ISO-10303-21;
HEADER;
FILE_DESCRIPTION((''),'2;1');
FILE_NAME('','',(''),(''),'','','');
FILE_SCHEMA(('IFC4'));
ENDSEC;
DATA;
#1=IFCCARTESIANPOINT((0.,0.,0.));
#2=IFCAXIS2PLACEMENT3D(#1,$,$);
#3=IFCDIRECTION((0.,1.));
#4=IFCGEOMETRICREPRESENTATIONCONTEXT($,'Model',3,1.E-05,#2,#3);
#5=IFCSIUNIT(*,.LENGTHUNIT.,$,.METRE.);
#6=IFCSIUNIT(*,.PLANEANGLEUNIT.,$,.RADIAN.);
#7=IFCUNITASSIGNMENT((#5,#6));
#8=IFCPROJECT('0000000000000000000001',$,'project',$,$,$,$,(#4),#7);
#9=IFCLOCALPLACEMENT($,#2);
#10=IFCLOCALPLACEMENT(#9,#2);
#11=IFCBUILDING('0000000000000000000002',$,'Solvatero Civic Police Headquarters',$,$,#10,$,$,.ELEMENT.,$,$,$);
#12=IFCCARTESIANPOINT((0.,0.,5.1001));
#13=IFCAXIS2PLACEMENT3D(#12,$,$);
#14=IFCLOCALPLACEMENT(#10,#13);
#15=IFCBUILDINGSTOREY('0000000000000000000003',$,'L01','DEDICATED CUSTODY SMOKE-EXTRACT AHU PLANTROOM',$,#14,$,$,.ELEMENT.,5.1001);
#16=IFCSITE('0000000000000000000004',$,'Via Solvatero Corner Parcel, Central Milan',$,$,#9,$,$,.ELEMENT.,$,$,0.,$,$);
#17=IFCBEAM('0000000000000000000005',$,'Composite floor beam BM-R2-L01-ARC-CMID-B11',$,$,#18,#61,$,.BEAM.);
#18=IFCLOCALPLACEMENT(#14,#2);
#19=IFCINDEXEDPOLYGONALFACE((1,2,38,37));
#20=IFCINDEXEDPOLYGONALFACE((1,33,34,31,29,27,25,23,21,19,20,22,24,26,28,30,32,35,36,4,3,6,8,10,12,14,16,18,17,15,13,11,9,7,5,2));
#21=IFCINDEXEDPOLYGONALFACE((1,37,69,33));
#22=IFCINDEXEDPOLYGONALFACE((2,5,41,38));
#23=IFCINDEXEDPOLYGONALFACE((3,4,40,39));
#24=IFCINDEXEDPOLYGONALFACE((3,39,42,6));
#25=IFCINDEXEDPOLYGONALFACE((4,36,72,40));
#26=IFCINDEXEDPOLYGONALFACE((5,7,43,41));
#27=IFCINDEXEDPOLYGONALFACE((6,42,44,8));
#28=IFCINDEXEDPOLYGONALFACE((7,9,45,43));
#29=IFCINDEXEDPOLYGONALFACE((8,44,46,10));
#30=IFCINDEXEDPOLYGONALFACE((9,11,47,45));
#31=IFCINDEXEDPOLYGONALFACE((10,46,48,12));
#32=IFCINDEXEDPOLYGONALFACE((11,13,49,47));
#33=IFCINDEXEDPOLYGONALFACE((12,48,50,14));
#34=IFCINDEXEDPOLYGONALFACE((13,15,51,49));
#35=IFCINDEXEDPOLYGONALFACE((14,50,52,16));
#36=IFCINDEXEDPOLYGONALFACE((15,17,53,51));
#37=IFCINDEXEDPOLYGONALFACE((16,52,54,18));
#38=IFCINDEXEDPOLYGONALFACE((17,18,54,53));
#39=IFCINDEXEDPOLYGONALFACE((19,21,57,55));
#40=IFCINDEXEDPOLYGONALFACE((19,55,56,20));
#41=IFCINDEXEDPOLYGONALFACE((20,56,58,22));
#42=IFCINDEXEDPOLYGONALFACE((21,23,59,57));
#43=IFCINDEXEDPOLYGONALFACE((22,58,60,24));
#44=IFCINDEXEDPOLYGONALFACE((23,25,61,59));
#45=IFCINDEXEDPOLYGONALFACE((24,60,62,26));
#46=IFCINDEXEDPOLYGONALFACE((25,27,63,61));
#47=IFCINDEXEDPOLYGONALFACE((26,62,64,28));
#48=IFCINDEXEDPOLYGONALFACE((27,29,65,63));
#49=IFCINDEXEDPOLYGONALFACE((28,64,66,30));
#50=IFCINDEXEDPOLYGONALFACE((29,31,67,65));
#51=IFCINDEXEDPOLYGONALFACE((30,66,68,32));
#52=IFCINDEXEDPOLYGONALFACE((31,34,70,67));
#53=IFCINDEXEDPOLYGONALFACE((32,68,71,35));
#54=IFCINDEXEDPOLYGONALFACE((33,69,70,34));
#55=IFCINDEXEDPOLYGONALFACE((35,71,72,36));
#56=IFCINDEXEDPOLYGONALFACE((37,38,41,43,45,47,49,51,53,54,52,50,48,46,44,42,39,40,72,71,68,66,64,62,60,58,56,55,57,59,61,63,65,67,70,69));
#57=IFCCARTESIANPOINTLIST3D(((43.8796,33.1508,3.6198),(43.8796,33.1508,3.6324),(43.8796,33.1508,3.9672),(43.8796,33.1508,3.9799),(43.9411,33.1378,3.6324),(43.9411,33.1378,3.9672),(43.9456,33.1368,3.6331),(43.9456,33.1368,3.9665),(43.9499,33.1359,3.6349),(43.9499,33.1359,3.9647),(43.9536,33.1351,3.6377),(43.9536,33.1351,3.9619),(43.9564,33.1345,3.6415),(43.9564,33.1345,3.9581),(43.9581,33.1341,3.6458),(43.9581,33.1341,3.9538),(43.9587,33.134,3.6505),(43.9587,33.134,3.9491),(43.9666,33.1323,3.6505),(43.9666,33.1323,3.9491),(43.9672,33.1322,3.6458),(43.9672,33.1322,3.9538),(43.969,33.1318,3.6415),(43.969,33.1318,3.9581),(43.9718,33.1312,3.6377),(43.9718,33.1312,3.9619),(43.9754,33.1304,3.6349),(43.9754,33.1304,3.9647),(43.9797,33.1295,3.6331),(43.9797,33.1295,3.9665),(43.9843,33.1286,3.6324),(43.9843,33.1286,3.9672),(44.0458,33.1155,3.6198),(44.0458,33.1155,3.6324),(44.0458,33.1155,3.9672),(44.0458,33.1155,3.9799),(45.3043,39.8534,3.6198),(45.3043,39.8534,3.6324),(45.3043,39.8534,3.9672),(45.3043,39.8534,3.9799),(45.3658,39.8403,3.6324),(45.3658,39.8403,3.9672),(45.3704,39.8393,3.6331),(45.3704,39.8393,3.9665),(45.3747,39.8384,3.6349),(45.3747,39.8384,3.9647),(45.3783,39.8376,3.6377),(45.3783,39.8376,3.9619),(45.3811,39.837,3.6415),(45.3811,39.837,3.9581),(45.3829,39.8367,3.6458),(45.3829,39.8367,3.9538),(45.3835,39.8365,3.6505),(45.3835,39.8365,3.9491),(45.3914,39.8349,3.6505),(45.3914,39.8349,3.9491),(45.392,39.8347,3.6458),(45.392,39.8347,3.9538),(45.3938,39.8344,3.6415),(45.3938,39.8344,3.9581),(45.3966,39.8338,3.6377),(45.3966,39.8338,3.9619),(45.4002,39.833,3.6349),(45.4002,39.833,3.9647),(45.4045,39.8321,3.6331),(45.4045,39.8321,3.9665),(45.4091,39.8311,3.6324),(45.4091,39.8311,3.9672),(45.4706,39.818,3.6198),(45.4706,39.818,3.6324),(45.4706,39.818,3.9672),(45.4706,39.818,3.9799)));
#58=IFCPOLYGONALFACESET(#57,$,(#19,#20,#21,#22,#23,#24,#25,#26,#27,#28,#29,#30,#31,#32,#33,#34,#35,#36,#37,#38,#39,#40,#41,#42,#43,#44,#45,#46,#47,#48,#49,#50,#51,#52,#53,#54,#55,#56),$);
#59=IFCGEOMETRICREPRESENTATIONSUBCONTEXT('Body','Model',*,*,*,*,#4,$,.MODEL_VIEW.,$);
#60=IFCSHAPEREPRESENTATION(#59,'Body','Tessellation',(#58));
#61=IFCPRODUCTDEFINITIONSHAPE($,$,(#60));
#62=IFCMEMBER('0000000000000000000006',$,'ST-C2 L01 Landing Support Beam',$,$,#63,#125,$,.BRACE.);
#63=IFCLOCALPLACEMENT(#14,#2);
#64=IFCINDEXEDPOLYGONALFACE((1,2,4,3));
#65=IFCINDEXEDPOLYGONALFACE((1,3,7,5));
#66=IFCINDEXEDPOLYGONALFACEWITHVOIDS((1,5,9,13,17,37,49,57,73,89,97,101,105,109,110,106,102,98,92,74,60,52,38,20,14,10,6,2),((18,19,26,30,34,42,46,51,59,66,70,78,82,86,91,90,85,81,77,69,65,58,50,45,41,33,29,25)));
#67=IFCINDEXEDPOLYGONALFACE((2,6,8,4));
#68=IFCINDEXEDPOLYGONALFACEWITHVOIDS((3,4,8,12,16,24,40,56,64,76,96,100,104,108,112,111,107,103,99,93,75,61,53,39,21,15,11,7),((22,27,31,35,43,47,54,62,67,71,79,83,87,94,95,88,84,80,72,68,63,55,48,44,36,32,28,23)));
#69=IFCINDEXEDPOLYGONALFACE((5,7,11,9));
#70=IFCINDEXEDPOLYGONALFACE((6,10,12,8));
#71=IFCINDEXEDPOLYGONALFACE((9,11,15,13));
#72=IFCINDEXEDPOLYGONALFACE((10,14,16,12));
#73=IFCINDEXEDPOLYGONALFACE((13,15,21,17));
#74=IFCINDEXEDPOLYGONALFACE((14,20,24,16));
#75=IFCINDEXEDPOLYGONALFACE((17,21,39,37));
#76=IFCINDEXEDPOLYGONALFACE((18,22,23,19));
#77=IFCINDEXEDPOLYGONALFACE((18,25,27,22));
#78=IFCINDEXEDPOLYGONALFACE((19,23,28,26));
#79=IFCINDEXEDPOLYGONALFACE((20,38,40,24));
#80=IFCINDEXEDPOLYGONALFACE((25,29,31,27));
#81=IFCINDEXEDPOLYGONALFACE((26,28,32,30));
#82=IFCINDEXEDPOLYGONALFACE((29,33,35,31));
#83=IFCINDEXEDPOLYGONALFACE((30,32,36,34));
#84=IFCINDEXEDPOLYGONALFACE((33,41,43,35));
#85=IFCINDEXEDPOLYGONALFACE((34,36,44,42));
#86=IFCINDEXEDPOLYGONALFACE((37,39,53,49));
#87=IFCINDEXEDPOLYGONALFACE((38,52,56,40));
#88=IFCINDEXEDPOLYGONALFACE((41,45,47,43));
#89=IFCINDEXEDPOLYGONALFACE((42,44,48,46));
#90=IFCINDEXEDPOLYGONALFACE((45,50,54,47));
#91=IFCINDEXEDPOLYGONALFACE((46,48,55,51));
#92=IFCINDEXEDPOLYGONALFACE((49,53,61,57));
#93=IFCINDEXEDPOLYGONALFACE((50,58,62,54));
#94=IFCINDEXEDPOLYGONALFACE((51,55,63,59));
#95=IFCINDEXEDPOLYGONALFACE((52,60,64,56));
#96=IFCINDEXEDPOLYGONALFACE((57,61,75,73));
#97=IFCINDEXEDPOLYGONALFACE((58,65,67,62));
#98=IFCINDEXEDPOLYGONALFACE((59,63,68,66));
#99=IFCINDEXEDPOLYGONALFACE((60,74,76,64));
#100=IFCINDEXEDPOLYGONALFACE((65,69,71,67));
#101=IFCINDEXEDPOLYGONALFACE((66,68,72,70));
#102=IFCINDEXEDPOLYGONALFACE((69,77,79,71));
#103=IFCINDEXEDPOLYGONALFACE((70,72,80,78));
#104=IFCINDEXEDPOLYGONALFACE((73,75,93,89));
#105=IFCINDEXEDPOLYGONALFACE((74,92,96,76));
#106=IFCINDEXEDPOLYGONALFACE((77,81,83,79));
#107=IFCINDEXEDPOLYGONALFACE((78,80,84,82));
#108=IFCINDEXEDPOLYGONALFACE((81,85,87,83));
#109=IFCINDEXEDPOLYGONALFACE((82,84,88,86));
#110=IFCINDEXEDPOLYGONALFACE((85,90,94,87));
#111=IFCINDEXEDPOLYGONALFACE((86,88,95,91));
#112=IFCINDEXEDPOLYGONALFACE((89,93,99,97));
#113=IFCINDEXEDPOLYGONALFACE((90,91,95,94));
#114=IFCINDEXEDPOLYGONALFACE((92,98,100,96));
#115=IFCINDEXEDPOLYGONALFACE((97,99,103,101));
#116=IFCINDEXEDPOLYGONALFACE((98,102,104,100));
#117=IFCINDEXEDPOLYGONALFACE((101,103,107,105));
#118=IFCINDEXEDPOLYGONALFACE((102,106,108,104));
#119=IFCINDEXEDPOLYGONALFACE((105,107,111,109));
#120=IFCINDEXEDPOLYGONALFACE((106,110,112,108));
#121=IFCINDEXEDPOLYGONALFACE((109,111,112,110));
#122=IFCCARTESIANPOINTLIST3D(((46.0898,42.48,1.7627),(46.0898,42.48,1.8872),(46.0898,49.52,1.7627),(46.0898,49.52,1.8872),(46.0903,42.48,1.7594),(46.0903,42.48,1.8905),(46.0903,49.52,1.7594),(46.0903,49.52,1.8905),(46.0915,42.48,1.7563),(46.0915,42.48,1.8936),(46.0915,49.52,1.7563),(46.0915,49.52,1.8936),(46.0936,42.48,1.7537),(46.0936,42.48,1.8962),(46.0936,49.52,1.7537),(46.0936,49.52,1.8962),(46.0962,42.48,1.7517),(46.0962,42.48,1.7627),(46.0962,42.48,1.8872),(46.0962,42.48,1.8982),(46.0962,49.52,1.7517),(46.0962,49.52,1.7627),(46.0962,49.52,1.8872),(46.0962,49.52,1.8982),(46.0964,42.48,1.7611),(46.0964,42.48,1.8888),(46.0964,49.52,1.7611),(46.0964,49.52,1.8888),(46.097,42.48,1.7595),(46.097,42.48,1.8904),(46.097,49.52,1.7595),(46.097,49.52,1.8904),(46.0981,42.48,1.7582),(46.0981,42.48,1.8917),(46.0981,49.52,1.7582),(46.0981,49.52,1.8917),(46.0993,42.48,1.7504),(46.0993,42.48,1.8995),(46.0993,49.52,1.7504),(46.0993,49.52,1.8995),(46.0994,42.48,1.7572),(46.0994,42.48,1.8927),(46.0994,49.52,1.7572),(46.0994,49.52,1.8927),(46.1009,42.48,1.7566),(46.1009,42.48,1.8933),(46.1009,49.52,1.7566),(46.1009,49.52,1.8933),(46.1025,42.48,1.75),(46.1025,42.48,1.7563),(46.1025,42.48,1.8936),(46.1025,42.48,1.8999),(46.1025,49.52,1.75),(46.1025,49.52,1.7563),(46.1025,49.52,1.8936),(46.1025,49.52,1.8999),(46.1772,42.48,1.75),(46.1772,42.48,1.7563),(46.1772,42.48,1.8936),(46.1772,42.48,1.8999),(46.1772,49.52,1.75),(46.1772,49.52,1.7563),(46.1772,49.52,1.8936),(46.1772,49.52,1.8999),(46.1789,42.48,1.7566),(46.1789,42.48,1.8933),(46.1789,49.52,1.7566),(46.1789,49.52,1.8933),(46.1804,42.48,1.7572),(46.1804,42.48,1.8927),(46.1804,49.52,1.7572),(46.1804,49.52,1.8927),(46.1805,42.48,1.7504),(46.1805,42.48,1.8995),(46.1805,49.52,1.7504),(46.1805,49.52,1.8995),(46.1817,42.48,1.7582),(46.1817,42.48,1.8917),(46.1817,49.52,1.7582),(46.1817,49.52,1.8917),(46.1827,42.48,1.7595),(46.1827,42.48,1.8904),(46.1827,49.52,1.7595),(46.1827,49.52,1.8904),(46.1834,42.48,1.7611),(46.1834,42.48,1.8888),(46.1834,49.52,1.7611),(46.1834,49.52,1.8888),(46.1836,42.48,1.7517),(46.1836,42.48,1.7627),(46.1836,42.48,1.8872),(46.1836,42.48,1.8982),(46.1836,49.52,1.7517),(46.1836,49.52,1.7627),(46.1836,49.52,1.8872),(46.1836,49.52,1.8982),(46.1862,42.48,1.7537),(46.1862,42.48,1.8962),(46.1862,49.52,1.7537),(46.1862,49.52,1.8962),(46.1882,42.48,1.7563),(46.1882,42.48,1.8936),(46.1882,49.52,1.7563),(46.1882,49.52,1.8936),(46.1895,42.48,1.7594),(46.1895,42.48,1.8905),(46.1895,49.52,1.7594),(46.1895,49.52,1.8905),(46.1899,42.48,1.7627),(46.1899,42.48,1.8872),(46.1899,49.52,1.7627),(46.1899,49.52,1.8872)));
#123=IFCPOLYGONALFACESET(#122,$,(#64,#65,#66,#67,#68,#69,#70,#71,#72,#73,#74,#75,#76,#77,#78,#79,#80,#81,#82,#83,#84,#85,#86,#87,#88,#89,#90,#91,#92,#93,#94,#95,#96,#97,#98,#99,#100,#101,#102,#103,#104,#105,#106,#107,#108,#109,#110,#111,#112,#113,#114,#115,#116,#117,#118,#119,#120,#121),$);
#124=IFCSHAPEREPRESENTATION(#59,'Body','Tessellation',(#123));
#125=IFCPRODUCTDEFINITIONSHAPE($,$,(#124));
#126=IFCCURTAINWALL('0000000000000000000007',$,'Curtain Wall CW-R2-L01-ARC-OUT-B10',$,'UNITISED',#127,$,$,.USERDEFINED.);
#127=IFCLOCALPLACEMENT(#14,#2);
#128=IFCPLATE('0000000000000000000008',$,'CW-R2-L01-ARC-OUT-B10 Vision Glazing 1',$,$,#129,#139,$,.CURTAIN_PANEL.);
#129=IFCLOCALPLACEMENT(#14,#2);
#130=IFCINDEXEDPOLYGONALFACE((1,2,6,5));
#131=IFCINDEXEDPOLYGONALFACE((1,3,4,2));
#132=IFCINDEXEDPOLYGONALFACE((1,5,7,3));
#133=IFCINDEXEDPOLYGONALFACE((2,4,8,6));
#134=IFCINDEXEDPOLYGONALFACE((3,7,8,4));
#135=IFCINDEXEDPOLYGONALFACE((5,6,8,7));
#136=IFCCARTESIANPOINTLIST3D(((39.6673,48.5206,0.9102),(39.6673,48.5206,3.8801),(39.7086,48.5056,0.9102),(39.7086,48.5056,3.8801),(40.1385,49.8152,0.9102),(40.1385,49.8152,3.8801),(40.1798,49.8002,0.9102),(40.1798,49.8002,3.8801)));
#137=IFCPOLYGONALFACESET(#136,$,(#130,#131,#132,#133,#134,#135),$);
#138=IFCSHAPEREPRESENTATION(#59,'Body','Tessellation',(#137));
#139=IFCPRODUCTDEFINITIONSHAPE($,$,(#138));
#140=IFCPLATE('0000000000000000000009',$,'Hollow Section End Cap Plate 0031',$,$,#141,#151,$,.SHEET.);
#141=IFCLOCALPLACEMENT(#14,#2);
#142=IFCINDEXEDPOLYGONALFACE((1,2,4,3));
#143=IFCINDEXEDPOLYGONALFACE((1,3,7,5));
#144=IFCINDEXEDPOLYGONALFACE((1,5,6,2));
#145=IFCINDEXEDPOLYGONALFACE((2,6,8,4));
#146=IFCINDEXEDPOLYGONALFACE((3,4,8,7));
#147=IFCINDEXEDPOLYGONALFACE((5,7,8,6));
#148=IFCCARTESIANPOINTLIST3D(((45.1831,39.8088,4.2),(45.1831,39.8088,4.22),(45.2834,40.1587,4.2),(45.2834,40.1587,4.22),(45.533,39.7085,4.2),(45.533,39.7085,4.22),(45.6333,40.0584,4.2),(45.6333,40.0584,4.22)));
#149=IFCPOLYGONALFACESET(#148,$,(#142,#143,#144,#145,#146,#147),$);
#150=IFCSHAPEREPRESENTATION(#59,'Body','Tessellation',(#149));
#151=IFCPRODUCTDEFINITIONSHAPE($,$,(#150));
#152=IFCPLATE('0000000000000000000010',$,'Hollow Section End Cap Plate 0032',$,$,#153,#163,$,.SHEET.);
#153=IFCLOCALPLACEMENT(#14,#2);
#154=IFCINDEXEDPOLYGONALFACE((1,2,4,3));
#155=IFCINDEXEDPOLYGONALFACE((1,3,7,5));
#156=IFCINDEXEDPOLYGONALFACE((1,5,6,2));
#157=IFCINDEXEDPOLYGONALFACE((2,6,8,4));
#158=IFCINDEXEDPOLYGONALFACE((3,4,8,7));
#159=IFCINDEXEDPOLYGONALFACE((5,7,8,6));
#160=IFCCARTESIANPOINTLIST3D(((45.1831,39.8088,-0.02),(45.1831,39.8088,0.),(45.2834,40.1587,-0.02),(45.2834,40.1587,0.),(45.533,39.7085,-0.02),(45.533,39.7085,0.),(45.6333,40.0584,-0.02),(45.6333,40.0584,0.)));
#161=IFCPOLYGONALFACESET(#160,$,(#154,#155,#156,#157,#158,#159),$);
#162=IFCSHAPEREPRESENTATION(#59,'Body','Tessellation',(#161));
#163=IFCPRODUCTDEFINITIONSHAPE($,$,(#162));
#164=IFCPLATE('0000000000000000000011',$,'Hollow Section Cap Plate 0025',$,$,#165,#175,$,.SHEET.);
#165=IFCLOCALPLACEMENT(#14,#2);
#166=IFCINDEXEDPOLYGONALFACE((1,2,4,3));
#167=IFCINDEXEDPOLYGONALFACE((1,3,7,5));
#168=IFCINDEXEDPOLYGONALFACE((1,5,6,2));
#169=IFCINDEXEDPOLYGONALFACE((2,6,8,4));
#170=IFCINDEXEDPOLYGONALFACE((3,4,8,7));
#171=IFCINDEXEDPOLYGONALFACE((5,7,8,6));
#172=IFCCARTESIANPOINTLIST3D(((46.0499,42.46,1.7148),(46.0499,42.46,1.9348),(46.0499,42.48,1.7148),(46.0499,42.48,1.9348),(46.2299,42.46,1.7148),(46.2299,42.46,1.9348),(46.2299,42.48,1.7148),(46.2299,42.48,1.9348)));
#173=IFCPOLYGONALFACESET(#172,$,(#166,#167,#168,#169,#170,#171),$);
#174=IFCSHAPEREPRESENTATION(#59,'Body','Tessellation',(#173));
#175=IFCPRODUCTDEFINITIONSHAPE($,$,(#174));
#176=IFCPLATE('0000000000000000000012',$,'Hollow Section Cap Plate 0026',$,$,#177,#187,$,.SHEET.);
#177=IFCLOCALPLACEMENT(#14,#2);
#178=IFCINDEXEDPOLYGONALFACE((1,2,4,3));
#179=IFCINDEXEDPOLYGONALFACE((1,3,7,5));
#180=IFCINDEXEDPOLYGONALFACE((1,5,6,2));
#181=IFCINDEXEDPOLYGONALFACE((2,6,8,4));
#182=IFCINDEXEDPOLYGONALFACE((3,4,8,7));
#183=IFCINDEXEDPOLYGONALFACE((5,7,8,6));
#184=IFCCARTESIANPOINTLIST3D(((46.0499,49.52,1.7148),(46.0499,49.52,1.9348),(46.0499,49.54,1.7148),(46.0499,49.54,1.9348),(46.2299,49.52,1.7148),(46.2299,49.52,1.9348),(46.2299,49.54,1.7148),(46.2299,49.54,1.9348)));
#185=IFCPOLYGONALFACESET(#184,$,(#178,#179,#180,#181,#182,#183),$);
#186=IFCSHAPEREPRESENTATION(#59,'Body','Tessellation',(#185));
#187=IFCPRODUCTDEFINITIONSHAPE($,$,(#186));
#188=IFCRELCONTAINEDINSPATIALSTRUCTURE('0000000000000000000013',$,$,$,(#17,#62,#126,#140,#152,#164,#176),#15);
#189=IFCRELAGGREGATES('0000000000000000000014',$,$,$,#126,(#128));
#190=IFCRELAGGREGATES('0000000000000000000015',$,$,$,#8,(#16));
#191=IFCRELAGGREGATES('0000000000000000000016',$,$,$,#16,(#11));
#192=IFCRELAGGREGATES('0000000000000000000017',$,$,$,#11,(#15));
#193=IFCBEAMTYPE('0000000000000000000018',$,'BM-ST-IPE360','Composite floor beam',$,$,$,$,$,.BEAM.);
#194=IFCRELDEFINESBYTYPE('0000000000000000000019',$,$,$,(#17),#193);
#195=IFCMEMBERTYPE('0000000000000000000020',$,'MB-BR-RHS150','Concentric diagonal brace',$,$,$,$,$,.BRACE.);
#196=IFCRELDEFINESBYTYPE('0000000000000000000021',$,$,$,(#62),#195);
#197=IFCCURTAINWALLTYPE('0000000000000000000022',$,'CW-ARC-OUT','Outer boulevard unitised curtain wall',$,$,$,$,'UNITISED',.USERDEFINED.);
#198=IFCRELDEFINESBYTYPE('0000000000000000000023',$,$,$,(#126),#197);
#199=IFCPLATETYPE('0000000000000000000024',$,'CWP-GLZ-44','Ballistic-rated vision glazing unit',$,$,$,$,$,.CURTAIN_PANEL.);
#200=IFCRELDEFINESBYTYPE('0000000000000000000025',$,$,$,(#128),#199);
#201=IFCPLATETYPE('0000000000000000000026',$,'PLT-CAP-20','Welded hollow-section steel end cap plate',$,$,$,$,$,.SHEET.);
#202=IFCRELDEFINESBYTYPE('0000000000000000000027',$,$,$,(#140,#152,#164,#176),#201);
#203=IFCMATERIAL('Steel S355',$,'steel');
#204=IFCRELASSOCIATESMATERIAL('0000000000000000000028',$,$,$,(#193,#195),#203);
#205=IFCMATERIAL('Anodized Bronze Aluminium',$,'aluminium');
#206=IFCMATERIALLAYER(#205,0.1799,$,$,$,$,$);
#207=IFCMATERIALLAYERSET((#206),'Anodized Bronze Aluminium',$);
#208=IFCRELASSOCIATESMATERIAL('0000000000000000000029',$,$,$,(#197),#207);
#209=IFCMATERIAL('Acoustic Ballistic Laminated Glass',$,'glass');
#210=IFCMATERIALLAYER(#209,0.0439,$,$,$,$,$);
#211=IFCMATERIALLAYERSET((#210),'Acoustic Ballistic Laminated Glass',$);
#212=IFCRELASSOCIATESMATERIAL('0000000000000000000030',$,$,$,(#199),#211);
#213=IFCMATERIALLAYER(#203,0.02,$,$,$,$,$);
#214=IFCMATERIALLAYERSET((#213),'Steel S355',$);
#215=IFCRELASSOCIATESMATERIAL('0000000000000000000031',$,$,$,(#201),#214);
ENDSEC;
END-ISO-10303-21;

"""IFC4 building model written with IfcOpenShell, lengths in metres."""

from ifc_helpers import new_model, si_unit, direction, frame, origin, origin_2d, place, context, subcontext, project, spatial, rectangle, hollow_rectangle, i_section, extrude, material, layer, layer_set, material_profile, profile_set, type_object, element, aggregate, save


model = new_model("IFC4")

# Units and contexts
model_context = context("Model", 3, precision=1e-05, world=origin(), true_north=direction((0.0, 1.0)))
body_context = subcontext(model_context, "Body", "Model", "MODEL_VIEW")
ifc_project = project(units=[si_unit("LENGTHUNIT", "METRE"), si_unit("PLANEANGLEUNIT", "RADIAN")], contexts=[model_context])

# Site, building, storey
site_placement = place(None, origin())
site = spatial("IfcSite", under=ifc_project, at=site_placement, Name="Via Solvatero Corner Parcel, Central Milan", CompositionType="ELEMENT", RefElevation=0.0)
building_placement = place(site_placement, origin())
building = spatial("IfcBuilding", under=site, at=building_placement, Name="Solvatero Civic Police Headquarters", CompositionType="ELEMENT")
storey_placement = place(building_placement, frame((0.0, 0.0, 5.1001)))
storey = spatial("IfcBuildingStorey", under=building, at=storey_placement, Name="L01", Description="DEDICATED CUSTODY SMOKE-EXTRACT AHU PLANTROOM", CompositionType="ELEMENT", Elevation=5.1001)

# Shared definitions
ifc_material_1 = material(Name="Steel S355", Category="steel")

# Beam
ifc_material_profile_1 = material_profile(ifc_material_1, i_section(OverallWidth=0.1699, OverallDepth=0.3601, WebThickness=0.0081, FlangeThickness=0.0127, FilletRadius=0.0181, at=origin_2d()), Name="IPE 360")
ifc_profile_set_1 = profile_set([ifc_material_profile_1], Name="Steel S355")
beam_type_1 = type_object("IfcBeamType", Name="BM-ST-IPE360", Description="Composite floor beam", PredefinedType="BEAM", material=ifc_profile_set_1)
beam_1_placement = place(storey_placement, frame((45.3875, 39.8357, 3.7998), z_axis=(-0.207928, -0.978144, 0.0), x_axis=(0.978144, -0.207928, 0.0)))
element("IfcBeam", 1, at=beam_1_placement, inside=storey, type_object=beam_type_1, Name="Composite floor beam BM-R2-L01-ARC-CMID-B11", PredefinedType="BEAM", context=body_context, shape_type="SweptSolid", body=[
    extrude(i_section(OverallWidth=0.1699, OverallDepth=0.3601, WebThickness=0.0081, FlangeThickness=0.0127, FilletRadius=0.0181, at=origin_2d()), origin(), (0.0, 0.0, 1.0), 6.8523),
])

# Member
ifc_material_profile_2 = material_profile(ifc_material_1, hollow_rectangle(XDim=0.1001, YDim=0.1499, WallThickness=0.0063, InnerFilletRadius=0.0063, OuterFilletRadius=0.0127, at=origin_2d()), Name="RHS 150x100x6.3")
ifc_profile_set_2 = profile_set([ifc_material_profile_2], Name="Steel S355")
member_type = type_object("IfcMemberType", Name="MB-BR-RHS150", Description="Concentric diagonal brace", PredefinedType="BRACE", material=ifc_profile_set_2)
member_placement = place(storey_placement, frame((46.1399, 42.48, 1.825), z_axis=(0.0, 1.0, 0.0), x_axis=(-1.0, 0.0, 0.0)))
element("IfcMember", 2, at=member_placement, inside=storey, type_object=member_type, Name="ST-C2 L01 Landing Support Beam", PredefinedType="BRACE", context=body_context, shape_type="SweptSolid", body=[
    extrude(hollow_rectangle(XDim=0.1001, YDim=0.1499, WallThickness=0.0063, InnerFilletRadius=0.0063, OuterFilletRadius=0.0127, at=origin_2d()), origin(), (0.0, 0.0, 1.0), 7.04),
])

# Curtain wall, plate
ifc_material_2 = material(Name="Anodized Bronze Aluminium", Category="aluminium")
ifc_layer_1 = layer(ifc_material_2, 0.1799)
ifc_layer_set_1 = layer_set([ifc_layer_1], Name="Anodized Bronze Aluminium")
curtain_wall_type = type_object("IfcCurtainWallType", Name="CW-ARC-OUT", Description="Outer boulevard unitised curtain wall", ElementType="UNITISED", PredefinedType="USERDEFINED", material=ifc_layer_set_1)
curtain_wall_placement = place(storey_placement, origin())
curtain_wall = element("IfcCurtainWall", 3, at=curtain_wall_placement, inside=storey, type_object=curtain_wall_type, Name="Curtain Wall CW-R2-L01-ARC-OUT-B10", ObjectType="UNITISED", PredefinedType="USERDEFINED")
ifc_material_3 = material(Name="Acoustic Ballistic Laminated Glass", Category="glass")
ifc_layer_2 = layer(ifc_material_3, 0.0439)
ifc_layer_set_2 = layer_set([ifc_layer_2], Name="Acoustic Ballistic Laminated Glass")
plate_type_1 = type_object("IfcPlateType", Name="CWP-GLZ-44", Description="Ballistic-rated vision glazing unit", PredefinedType="CURTAIN_PANEL", material=ifc_layer_set_2)
plate_placement = place(storey_placement, frame((39.9236, 49.1604, 0.9102), z_axis=(0.0, 0.0, 1.0), x_axis=(-0.34202, -0.939693, 0.0)))
plate = element("IfcPlate", 4, at=plate_placement, type_object=plate_type_1, Name="CW-R2-L01-ARC-OUT-B10 Vision Glazing 1", PredefinedType="CURTAIN_PANEL", context=body_context, shape_type="SweptSolid", body=[
    extrude(rectangle(XDim=1.3777, YDim=0.0439, at=origin_2d()), origin(), (0.0, 0.0, 1.0), 2.97),
])
aggregate(curtain_wall, [plate])

# Plates
ifc_layer_3 = layer(ifc_material_1, 0.02)
ifc_layer_set_3 = layer_set([ifc_layer_3], Name="Steel S355")
plate_type_2 = type_object("IfcPlateType", Name="PLT-CAP-20", Description="Welded hollow-section steel end cap plate", PredefinedType="SHEET", material=ifc_layer_set_3)
for number, where, z_axis, x_axis, name in (
    (5, (45.4082, 39.9336, 4.2), (0.0, 0.0, 1.0), (0.275637, 0.961262, 0.0), "Hollow Section End Cap Plate 0031"),
    (6, (45.4082, 39.9336, -0.02), (0.0, 0.0, 1.0), (0.275637, 0.961262, 0.0), "Hollow Section End Cap Plate 0032"),
):
    element("IfcPlate", number, at=place(storey_placement, frame(where, z_axis=z_axis, x_axis=x_axis)), inside=storey, type_object=plate_type_2, Name=name, PredefinedType="SHEET", context=body_context, shape_type="SweptSolid", body=[
        extrude(rectangle(XDim=0.364, YDim=0.364, at=origin_2d()), origin(), (0.0, 0.0, 1.0), 0.02),
    ])
for number, where, z_axis, x_axis, name in (
    (7, (46.1399, 42.47, 1.7148), (0.0, 0.0, 1.0), (1.0, 0.0, 0.0), "Hollow Section Cap Plate 0025"),
    (8, (46.1399, 49.53, 1.7148), (0.0, 0.0, 1.0), (1.0, 0.0, 0.0), "Hollow Section Cap Plate 0026"),
):
    element("IfcPlate", number, at=place(storey_placement, frame(where, z_axis=z_axis, x_axis=x_axis)), inside=storey, type_object=plate_type_2, Name=name, PredefinedType="SHEET", context=body_context, shape_type="SweptSolid", body=[
        extrude(rectangle(XDim=0.1799, YDim=0.02, at=origin_2d()), origin(), (0.0, 0.0, 1.0), 0.22),
    ])

save(model, "model.ifc")
